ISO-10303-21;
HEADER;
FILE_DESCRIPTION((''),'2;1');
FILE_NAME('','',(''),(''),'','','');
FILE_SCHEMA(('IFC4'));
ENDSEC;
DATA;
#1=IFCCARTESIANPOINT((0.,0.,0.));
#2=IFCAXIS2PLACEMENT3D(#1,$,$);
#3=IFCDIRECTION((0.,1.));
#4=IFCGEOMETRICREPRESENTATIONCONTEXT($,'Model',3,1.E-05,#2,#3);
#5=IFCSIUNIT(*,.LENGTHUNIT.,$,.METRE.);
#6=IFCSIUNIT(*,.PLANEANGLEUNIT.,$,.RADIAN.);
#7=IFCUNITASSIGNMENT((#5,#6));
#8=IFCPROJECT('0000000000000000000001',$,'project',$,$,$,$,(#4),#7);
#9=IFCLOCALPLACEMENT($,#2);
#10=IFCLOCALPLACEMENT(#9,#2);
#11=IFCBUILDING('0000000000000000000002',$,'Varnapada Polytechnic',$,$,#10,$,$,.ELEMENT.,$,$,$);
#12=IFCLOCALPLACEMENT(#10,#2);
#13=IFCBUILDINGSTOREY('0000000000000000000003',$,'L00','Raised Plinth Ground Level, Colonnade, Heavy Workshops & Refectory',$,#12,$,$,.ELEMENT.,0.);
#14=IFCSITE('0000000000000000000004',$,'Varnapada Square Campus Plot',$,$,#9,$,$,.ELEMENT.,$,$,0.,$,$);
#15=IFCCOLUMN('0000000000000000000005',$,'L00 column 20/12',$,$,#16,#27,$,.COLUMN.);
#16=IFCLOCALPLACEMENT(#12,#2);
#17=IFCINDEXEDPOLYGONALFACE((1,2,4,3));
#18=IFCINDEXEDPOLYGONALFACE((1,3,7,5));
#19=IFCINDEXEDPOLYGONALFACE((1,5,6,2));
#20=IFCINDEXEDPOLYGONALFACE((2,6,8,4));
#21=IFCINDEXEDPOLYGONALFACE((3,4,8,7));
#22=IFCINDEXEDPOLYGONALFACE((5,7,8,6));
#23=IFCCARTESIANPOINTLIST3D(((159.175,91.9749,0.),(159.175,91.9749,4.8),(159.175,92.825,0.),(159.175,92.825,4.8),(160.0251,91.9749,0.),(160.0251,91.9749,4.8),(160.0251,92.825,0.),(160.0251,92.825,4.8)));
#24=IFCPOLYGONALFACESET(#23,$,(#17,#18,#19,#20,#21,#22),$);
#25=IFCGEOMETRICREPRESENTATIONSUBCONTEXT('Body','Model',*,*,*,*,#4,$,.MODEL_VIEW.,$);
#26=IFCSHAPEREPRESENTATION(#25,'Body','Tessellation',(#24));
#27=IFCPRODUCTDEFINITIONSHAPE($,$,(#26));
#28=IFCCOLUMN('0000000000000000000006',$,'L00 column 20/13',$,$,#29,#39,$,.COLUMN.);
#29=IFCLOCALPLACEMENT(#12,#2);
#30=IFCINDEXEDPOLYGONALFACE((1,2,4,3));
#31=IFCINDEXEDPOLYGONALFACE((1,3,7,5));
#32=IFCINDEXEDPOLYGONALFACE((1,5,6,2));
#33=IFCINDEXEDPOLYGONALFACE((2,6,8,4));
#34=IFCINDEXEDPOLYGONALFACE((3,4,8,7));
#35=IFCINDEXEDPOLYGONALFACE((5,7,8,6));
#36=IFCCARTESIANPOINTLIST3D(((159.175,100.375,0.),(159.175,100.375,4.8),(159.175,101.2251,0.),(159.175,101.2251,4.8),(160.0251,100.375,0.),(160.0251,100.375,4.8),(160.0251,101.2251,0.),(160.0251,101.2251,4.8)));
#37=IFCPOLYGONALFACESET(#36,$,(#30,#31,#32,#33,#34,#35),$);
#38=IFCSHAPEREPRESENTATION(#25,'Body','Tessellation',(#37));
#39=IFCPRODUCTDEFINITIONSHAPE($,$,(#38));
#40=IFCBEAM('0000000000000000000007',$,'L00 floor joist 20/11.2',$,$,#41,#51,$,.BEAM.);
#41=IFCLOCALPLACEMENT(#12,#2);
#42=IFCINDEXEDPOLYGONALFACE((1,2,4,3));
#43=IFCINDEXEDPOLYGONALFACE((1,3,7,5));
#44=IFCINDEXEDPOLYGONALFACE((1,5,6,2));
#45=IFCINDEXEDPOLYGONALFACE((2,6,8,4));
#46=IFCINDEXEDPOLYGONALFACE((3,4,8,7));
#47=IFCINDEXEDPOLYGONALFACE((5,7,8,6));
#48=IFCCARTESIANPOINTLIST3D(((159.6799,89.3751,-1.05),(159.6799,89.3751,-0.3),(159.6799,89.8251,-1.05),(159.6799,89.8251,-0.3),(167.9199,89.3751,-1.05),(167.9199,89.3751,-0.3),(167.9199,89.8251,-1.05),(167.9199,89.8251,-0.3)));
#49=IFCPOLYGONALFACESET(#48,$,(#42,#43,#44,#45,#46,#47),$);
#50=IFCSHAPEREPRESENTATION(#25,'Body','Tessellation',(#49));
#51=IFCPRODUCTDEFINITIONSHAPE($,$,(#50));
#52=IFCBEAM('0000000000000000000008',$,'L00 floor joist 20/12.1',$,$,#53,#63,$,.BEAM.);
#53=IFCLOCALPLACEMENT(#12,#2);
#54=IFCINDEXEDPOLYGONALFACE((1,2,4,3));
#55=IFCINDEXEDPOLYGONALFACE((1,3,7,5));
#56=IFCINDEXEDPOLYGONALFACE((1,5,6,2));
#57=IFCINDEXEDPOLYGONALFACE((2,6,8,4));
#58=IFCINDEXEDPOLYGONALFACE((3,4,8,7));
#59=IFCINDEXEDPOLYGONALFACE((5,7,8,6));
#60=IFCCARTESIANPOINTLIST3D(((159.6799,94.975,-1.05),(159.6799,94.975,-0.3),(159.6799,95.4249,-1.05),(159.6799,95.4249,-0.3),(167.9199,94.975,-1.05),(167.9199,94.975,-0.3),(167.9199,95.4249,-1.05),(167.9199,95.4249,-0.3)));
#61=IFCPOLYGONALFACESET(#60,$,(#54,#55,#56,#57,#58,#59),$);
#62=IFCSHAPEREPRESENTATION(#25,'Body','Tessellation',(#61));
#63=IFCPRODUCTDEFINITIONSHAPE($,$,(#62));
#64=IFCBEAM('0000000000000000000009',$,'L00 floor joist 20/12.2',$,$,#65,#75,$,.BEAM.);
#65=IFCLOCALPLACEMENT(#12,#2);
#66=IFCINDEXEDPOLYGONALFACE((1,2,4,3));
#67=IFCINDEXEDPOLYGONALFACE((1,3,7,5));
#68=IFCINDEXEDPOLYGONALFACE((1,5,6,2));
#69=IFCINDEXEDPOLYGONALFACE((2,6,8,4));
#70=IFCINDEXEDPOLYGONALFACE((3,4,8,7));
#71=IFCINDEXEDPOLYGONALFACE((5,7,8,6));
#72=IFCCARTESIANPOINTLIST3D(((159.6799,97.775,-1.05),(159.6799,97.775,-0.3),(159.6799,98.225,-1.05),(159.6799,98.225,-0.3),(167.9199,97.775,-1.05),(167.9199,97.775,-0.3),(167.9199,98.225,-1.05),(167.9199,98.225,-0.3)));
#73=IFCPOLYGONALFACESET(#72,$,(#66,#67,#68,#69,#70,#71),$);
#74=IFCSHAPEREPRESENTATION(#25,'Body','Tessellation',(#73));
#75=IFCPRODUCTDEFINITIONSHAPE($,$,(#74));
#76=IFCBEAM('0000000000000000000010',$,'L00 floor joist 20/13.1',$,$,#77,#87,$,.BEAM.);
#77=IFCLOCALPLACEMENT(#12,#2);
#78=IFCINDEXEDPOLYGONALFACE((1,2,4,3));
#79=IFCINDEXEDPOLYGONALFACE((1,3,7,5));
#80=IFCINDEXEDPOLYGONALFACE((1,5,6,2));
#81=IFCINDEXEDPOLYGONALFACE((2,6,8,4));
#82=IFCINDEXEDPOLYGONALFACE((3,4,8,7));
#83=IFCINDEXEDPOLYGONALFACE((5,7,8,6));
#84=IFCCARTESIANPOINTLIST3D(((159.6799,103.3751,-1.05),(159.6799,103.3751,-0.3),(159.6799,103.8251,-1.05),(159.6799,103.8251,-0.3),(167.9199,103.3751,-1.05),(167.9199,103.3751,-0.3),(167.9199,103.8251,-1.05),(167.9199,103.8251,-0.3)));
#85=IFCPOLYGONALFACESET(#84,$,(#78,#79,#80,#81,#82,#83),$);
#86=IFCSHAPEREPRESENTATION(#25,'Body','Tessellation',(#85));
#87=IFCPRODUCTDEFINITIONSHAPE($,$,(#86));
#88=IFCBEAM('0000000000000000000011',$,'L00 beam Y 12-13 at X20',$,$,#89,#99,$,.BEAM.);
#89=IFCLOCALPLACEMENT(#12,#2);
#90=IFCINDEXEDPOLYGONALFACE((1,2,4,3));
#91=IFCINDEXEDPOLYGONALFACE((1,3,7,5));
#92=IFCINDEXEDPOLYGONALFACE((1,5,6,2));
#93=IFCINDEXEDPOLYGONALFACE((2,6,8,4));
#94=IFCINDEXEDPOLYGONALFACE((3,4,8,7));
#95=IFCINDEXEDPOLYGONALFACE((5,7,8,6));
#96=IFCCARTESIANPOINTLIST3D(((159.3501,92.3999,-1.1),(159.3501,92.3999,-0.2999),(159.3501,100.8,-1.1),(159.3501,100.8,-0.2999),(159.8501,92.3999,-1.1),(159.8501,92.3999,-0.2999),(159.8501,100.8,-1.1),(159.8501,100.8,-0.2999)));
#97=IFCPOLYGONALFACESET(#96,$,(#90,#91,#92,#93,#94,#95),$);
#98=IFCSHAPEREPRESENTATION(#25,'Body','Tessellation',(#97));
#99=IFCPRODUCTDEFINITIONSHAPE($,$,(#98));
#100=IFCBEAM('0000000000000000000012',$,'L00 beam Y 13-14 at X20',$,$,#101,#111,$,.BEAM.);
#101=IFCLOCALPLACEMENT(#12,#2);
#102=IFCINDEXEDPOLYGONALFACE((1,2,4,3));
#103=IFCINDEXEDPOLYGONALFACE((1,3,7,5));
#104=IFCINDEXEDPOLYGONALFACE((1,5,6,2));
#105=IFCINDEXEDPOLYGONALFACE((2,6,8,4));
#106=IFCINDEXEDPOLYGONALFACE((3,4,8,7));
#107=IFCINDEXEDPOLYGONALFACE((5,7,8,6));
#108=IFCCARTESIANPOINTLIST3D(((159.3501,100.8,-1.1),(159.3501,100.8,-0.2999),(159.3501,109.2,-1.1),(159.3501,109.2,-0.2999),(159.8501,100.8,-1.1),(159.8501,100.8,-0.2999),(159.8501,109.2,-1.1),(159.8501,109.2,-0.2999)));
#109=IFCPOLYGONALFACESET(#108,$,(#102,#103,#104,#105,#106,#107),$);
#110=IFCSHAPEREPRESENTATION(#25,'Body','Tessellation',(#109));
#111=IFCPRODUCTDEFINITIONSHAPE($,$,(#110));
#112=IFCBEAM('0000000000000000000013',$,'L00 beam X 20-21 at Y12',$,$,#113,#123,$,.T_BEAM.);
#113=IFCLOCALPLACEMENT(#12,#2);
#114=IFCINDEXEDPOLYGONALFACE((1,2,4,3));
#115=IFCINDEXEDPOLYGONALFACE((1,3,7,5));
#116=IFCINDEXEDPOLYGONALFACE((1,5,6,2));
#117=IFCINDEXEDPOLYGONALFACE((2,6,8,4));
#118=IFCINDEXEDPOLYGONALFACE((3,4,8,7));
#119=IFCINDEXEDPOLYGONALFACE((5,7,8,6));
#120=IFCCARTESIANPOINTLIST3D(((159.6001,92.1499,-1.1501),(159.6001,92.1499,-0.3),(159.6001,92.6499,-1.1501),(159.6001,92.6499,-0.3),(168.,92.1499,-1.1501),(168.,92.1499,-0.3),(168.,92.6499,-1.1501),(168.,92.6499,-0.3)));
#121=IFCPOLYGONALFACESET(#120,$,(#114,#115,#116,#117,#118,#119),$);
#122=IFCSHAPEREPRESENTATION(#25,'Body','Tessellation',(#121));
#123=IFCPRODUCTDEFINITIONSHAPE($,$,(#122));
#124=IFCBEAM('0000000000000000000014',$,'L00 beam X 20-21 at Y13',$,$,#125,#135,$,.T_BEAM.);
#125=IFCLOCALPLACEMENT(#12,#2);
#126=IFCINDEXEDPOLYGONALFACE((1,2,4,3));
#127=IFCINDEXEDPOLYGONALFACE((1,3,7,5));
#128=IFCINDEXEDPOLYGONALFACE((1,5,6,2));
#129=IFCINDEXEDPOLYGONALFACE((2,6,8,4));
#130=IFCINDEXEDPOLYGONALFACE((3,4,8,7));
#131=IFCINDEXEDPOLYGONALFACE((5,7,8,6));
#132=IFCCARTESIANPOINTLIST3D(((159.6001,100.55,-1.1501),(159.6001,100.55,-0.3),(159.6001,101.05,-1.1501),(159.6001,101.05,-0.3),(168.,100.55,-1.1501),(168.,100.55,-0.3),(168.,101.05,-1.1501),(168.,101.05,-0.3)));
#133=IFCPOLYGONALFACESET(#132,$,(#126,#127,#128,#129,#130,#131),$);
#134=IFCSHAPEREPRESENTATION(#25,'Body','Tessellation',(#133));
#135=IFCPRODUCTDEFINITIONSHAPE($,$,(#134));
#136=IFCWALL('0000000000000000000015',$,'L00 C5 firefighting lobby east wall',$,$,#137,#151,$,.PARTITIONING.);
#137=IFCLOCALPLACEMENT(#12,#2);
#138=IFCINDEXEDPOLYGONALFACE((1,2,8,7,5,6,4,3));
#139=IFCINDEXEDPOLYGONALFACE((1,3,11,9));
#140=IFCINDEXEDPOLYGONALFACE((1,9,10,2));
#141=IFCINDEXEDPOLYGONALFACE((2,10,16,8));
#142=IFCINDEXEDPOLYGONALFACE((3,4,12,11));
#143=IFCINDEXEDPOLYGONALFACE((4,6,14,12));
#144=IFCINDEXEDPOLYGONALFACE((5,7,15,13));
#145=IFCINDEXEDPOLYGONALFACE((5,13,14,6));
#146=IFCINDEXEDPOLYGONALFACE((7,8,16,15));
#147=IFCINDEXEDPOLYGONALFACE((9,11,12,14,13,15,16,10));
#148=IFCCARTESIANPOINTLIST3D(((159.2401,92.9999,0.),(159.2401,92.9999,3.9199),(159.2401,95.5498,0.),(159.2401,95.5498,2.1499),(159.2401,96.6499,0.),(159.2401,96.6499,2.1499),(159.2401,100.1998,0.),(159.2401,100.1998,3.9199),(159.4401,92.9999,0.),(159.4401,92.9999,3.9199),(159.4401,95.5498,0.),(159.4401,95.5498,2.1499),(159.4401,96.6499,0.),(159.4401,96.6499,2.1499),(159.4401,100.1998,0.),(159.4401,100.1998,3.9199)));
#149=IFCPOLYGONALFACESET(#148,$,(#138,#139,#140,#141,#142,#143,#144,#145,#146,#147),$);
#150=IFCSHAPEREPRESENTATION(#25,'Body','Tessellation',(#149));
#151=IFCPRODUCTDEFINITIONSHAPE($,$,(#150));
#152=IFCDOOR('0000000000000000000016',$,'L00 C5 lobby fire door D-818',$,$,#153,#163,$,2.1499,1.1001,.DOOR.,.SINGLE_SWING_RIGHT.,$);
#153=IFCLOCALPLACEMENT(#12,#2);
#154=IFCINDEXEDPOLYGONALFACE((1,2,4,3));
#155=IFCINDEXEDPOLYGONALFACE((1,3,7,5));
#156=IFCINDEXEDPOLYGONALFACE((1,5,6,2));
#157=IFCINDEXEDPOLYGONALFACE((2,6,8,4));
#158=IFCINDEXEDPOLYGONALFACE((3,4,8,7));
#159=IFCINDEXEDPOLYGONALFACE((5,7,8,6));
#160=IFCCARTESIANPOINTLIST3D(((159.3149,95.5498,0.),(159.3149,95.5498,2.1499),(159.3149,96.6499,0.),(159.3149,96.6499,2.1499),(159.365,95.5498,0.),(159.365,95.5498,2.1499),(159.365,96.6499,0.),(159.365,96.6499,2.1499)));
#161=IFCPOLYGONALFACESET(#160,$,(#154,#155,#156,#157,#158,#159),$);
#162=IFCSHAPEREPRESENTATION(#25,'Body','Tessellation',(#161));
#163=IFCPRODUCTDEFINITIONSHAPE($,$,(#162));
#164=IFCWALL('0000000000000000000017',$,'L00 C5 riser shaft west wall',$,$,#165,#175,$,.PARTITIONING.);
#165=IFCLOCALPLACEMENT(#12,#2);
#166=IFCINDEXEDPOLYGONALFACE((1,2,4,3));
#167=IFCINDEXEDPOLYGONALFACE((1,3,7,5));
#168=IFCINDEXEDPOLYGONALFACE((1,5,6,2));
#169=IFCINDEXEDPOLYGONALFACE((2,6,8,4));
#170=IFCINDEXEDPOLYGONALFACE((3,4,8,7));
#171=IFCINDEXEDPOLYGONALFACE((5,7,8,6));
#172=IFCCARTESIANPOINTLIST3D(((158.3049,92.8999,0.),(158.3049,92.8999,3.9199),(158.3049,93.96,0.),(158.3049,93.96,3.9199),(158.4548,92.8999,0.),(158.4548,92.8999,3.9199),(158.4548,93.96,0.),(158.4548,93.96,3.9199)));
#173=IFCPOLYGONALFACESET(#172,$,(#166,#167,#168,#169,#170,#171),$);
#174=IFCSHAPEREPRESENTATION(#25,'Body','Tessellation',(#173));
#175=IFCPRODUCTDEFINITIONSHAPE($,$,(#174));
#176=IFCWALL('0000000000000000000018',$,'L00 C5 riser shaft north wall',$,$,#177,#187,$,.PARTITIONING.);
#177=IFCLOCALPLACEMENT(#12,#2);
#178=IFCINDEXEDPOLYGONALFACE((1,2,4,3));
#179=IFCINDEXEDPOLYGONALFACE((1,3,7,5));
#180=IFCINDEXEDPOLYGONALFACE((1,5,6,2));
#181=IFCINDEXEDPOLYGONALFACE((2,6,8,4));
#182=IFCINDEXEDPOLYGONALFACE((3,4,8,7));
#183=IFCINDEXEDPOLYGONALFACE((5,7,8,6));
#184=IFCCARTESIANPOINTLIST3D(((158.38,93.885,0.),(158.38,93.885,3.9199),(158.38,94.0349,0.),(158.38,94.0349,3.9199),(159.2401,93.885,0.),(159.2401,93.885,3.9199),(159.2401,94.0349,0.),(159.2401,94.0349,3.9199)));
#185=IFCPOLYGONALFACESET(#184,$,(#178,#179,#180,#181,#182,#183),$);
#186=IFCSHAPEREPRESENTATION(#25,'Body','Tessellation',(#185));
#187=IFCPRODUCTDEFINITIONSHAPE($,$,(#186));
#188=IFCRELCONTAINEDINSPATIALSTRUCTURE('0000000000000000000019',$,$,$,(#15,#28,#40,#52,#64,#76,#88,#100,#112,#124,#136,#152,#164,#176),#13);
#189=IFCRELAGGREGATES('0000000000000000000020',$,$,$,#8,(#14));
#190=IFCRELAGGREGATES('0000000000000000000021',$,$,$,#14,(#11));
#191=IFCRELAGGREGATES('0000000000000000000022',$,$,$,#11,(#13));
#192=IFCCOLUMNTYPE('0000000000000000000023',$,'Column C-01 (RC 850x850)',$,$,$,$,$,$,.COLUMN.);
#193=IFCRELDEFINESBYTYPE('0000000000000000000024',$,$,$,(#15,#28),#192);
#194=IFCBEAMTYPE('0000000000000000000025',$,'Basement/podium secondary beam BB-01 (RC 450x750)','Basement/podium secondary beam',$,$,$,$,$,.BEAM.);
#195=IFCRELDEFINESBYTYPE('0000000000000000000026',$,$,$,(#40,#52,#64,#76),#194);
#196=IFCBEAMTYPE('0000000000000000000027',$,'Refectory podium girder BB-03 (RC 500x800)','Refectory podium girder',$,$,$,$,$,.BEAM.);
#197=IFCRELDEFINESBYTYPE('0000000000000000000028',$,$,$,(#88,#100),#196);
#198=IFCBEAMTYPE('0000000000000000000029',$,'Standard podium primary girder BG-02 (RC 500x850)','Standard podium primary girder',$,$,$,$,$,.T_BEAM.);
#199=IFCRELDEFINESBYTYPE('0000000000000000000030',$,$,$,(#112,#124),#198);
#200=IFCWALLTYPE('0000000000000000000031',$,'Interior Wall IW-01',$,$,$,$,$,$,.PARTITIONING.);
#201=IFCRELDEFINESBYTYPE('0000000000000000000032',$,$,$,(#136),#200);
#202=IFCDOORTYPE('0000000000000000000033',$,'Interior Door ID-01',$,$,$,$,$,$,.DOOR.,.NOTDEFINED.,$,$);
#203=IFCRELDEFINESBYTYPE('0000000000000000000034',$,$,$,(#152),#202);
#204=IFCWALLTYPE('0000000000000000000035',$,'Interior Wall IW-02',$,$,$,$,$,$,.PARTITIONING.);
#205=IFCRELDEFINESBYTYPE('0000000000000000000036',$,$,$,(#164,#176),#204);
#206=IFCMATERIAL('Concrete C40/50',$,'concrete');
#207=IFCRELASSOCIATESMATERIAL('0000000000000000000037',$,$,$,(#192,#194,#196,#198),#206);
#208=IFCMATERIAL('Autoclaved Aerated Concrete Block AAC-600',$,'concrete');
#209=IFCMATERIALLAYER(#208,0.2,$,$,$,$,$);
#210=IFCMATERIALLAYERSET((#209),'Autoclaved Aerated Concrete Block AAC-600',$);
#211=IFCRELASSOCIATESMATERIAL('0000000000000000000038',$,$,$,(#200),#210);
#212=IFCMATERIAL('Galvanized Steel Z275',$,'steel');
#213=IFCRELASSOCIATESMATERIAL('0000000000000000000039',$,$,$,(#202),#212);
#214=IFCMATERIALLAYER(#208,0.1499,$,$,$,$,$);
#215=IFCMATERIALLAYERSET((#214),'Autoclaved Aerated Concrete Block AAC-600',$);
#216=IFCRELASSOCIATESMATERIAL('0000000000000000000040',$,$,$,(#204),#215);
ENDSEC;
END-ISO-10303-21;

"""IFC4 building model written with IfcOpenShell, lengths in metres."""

from ifc_helpers import new_model, si_unit, direction, frame, frame_2d, origin, origin_2d, place, context, subcontext, project, spatial, rectangle, extrude, material, layer, layer_set, material_profile, profile_set, type_object, element, fill, save


model = new_model("IFC4")

# Units and contexts
model_context = context("Model", 3, precision=1e-05, world=origin(), true_north=direction((0.0, 1.0)))
body_context = subcontext(model_context, "Body", "Model", "MODEL_VIEW")
ifc_project = project(units=[si_unit("LENGTHUNIT", "METRE"), si_unit("PLANEANGLEUNIT", "RADIAN")], contexts=[model_context])

# Site, building, storey
site_placement = place(None, origin())
site = spatial("IfcSite", under=ifc_project, at=site_placement, Name="Varnapada Square Campus Plot", CompositionType="ELEMENT", RefElevation=0.0)
building_placement = place(site_placement, origin())
building = spatial("IfcBuilding", under=site, at=building_placement, Name="Varnapada Polytechnic", CompositionType="ELEMENT")
storey_placement = place(building_placement, origin())
storey = spatial("IfcBuildingStorey", under=building, at=storey_placement, Name="L00", Description="Raised Plinth Ground Level, Colonnade, Heavy Workshops & Refectory", CompositionType="ELEMENT", Elevation=0.0)

# Columns
ifc_material_1 = material(Name="Concrete C40/50", Category="concrete")
ifc_material_profile_1 = material_profile(ifc_material_1, rectangle(XDim=0.8501, YDim=0.8501, at=origin_2d()), Name="RC 850x850")
ifc_profile_set_1 = profile_set([ifc_material_profile_1], Name="Concrete C40/50")
column_type = type_object("IfcColumnType", Name="Column C-01 (RC 850x850)", PredefinedType="COLUMN", material=ifc_profile_set_1)
for number, where, z_axis, x_axis, name in (
    (1, (159.6001, 92.3999, 0.0), (0.0, 0.0, 1.0), (1.0, 0.0, 0.0), "L00 column 20/12"),
    (2, (159.6001, 100.8, 0.0), (0.0, 0.0, 1.0), (1.0, 0.0, 0.0), "L00 column 20/13"),
):
    element("IfcColumn", number, at=place(storey_placement, frame(where, z_axis=z_axis, x_axis=x_axis)), inside=storey, type_object=column_type, Name=name, PredefinedType="COLUMN", context=body_context, shape_type="SweptSolid", body=[
        extrude(rectangle(XDim=0.8501, YDim=0.8501, at=origin_2d()), origin(), (0.0, 0.0, 1.0), 4.8),
    ])

# Beams
ifc_material_profile_2 = material_profile(ifc_material_1, rectangle(XDim=0.45, YDim=0.75, at=origin_2d()), Name="RC 450x750")
ifc_profile_set_2 = profile_set([ifc_material_profile_2], Name="Concrete C40/50")
beam_type_1 = type_object("IfcBeamType", Name="Basement/podium secondary beam BB-01 (RC 450x750)", Description="Basement/podium secondary beam", PredefinedType="BEAM", material=ifc_profile_set_2)
for number, where, z_axis, x_axis, name in (
    (3, (159.6799, 89.6001, -0.675), (1.0, 0.0, 0.0), (0.0, 1.0, 0.0), "L00 floor joist 20/11.2"),
    (4, (159.6799, 95.2, -0.675), (1.0, 0.0, 0.0), (0.0, 1.0, 0.0), "L00 floor joist 20/12.1"),
    (5, (159.6799, 98.0, -0.675), (1.0, 0.0, 0.0), (0.0, 1.0, 0.0), "L00 floor joist 20/12.2"),
    (6, (159.6799, 103.6001, -0.675), (1.0, 0.0, 0.0), (0.0, 1.0, 0.0), "L00 floor joist 20/13.1"),
):
    element("IfcBeam", number, at=place(storey_placement, frame(where, z_axis=z_axis, x_axis=x_axis)), inside=storey, type_object=beam_type_1, Name=name, PredefinedType="BEAM", context=body_context, shape_type="SweptSolid", body=[
        extrude(rectangle(XDim=0.45, YDim=0.75, at=origin_2d()), origin(), (0.0, 0.0, 1.0), 8.24),
    ])
ifc_material_profile_3 = material_profile(ifc_material_1, rectangle(XDim=0.5, YDim=0.8, at=origin_2d()), Name="RC 500x800")
ifc_profile_set_3 = profile_set([ifc_material_profile_3], Name="Concrete C40/50")
beam_type_2 = type_object("IfcBeamType", Name="Refectory podium girder BB-03 (RC 500x800)", Description="Refectory podium girder", PredefinedType="BEAM", material=ifc_profile_set_3)
beam_1_placement = place(storey_placement, frame((159.6001, 92.3999, -0.7), z_axis=(0.0, 1.0, 0.0), x_axis=(-1.0, 0.0, 0.0)))
element("IfcBeam", 7, at=beam_1_placement, inside=storey, type_object=beam_type_2, Name="L00 beam Y 12-13 at X20", PredefinedType="BEAM", context=body_context, shape_type="SweptSolid", body=[
    extrude(rectangle(XDim=0.5, YDim=0.8, at=origin_2d()), origin(), (0.0, 0.0, 1.0), 8.4001),
])
beam_2_placement = place(storey_placement, frame((159.6001, 100.8, -0.7), z_axis=(0.0, 1.0, 0.0), x_axis=(-1.0, 0.0, 0.0)))
element("IfcBeam", 8, at=beam_2_placement, inside=storey, type_object=beam_type_2, Name="L00 beam Y 13-14 at X20", PredefinedType="BEAM", context=body_context, shape_type="SweptSolid", body=[
    extrude(rectangle(XDim=0.5, YDim=0.8, at=origin_2d()), origin(), (0.0, 0.0, 1.0), 8.3999),
])
ifc_material_profile_4 = material_profile(ifc_material_1, rectangle(XDim=0.5, YDim=0.8501, at=origin_2d()), Name="RC 500x850")
ifc_profile_set_4 = profile_set([ifc_material_profile_4], Name="Concrete C40/50")
beam_type_3 = type_object("IfcBeamType", Name="Standard podium primary girder BG-02 (RC 500x850)", Description="Standard podium primary girder", PredefinedType="T_BEAM", material=ifc_profile_set_4)
for number, where, z_axis, x_axis, name in (
    (9, (159.6001, 92.3999, -0.7251), (1.0, 0.0, 0.0), (0.0, 1.0, 0.0), "L00 beam X 20-21 at Y12"),
    (10, (159.6001, 100.8, -0.7251), (1.0, 0.0, 0.0), (0.0, 1.0, 0.0), "L00 beam X 20-21 at Y13"),
):
    element("IfcBeam", number, at=place(storey_placement, frame(where, z_axis=z_axis, x_axis=x_axis)), inside=storey, type_object=beam_type_3, Name=name, PredefinedType="T_BEAM", context=body_context, shape_type="SweptSolid", body=[
        extrude(rectangle(XDim=0.5, YDim=0.8501, at=origin_2d()), origin(), (0.0, 0.0, 1.0), 8.3999),
    ])

# Wall, opening, door
ifc_material_2 = material(Name="Autoclaved Aerated Concrete Block AAC-600", Category="concrete")
ifc_layer_1 = layer(ifc_material_2, 0.2)
ifc_layer_set_1 = layer_set([ifc_layer_1], Name="Autoclaved Aerated Concrete Block AAC-600")
wall_type_1 = type_object("IfcWallType", Name="Interior Wall IW-01", PredefinedType="PARTITIONING", material=ifc_layer_set_1)
wall_1_placement = place(storey_placement, frame((159.3401, 100.2, 0.0), z_axis=(0.0, 0.0, 1.0), x_axis=(0.0, -1.0, 0.0)))
wall_1 = element("IfcWall", 11, at=wall_1_placement, inside=storey, type_object=wall_type_1, Name="L00 C5 firefighting lobby east wall", PredefinedType="PARTITIONING", context=body_context, shape_type="SweptSolid", body=[
    extrude(rectangle(XDim=7.2, YDim=0.2, at=frame_2d((3.6001, 0.0))), origin(), (0.0, 0.0, 1.0), 3.9199),
])
opening_1_placement = place(wall_1_placement, frame((3.55, 0.0, 0.0)))
opening_1 = element("IfcOpeningElement", 12, at=opening_1_placement, cuts=wall_1, PredefinedType="OPENING", context=body_context, shape_type="SweptSolid", body=[
    extrude(rectangle(XDim=1.1001, YDim=2.1499, at=frame_2d((0.55, 1.075))), frame((0.0, 0.1099, 0.0), z_axis=(0.0, -1.0, 0.0), x_axis=(1.0, 0.0, 0.0)), (0.0, 0.0, 1.0), 0.22),
])
ifc_material_3 = material(Name="Galvanized Steel Z275", Category="steel")
door_type_1 = type_object("IfcDoorType", Name="Interior Door ID-01", OperationType="NOTDEFINED", PredefinedType="DOOR", material=ifc_material_3)
door_1_placement = place(opening_1_placement, origin())
door_1 = element("IfcDoor", 13, at=door_1_placement, inside=storey, type_object=door_type_1, Name="L00 C5 lobby fire door D-818", OperationType="SINGLE_SWING_RIGHT", OverallHeight=2.1499, OverallWidth=1.1001, PredefinedType="DOOR", context=body_context, shape_type="SweptSolid", body=[
    extrude(rectangle(XDim=1.1001, YDim=2.1499, at=frame_2d((0.55, 1.075))), frame((0.0, 0.0249, 0.0), z_axis=(0.0, -1.0, 0.0), x_axis=(1.0, 0.0, 0.0)), (0.0, 0.0, 1.0), 0.05),
])
fill(opening_1, door_1)

# Walls
ifc_layer_2 = layer(ifc_material_2, 0.1499)
ifc_layer_set_2 = layer_set([ifc_layer_2], Name="Autoclaved Aerated Concrete Block AAC-600")
wall_type_2 = type_object("IfcWallType", Name="Interior Wall IW-02", PredefinedType="PARTITIONING", material=ifc_layer_set_2)
wall_2_placement = place(storey_placement, frame((158.3799, 93.96, 0.0), z_axis=(0.0, 0.0, 1.0), x_axis=(0.0, -1.0, 0.0)))
element("IfcWall", 14, at=wall_2_placement, inside=storey, type_object=wall_type_2, Name="L00 C5 riser shaft west wall", PredefinedType="PARTITIONING", context=body_context, shape_type="SweptSolid", body=[
    extrude(rectangle(XDim=1.0601, YDim=0.1499, at=frame_2d((0.53, 0.0))), origin(), (0.0, 0.0, 1.0), 3.9199),
])
wall_3_placement = place(storey_placement, frame((158.3799, 93.96, 0.0), z_axis=(0.0, 0.0, 1.0), x_axis=(1.0, 0.0, 0.0)))
element("IfcWall", 15, at=wall_3_placement, inside=storey, type_object=wall_type_2, Name="L00 C5 riser shaft north wall", PredefinedType="PARTITIONING", context=body_context, shape_type="SweptSolid", body=[
    extrude(rectangle(XDim=0.8601, YDim=0.1499, at=frame_2d((0.4302, 0.0))), origin(), (0.0, 0.0, 1.0), 3.9199),
])

save(model, "model.ifc")
